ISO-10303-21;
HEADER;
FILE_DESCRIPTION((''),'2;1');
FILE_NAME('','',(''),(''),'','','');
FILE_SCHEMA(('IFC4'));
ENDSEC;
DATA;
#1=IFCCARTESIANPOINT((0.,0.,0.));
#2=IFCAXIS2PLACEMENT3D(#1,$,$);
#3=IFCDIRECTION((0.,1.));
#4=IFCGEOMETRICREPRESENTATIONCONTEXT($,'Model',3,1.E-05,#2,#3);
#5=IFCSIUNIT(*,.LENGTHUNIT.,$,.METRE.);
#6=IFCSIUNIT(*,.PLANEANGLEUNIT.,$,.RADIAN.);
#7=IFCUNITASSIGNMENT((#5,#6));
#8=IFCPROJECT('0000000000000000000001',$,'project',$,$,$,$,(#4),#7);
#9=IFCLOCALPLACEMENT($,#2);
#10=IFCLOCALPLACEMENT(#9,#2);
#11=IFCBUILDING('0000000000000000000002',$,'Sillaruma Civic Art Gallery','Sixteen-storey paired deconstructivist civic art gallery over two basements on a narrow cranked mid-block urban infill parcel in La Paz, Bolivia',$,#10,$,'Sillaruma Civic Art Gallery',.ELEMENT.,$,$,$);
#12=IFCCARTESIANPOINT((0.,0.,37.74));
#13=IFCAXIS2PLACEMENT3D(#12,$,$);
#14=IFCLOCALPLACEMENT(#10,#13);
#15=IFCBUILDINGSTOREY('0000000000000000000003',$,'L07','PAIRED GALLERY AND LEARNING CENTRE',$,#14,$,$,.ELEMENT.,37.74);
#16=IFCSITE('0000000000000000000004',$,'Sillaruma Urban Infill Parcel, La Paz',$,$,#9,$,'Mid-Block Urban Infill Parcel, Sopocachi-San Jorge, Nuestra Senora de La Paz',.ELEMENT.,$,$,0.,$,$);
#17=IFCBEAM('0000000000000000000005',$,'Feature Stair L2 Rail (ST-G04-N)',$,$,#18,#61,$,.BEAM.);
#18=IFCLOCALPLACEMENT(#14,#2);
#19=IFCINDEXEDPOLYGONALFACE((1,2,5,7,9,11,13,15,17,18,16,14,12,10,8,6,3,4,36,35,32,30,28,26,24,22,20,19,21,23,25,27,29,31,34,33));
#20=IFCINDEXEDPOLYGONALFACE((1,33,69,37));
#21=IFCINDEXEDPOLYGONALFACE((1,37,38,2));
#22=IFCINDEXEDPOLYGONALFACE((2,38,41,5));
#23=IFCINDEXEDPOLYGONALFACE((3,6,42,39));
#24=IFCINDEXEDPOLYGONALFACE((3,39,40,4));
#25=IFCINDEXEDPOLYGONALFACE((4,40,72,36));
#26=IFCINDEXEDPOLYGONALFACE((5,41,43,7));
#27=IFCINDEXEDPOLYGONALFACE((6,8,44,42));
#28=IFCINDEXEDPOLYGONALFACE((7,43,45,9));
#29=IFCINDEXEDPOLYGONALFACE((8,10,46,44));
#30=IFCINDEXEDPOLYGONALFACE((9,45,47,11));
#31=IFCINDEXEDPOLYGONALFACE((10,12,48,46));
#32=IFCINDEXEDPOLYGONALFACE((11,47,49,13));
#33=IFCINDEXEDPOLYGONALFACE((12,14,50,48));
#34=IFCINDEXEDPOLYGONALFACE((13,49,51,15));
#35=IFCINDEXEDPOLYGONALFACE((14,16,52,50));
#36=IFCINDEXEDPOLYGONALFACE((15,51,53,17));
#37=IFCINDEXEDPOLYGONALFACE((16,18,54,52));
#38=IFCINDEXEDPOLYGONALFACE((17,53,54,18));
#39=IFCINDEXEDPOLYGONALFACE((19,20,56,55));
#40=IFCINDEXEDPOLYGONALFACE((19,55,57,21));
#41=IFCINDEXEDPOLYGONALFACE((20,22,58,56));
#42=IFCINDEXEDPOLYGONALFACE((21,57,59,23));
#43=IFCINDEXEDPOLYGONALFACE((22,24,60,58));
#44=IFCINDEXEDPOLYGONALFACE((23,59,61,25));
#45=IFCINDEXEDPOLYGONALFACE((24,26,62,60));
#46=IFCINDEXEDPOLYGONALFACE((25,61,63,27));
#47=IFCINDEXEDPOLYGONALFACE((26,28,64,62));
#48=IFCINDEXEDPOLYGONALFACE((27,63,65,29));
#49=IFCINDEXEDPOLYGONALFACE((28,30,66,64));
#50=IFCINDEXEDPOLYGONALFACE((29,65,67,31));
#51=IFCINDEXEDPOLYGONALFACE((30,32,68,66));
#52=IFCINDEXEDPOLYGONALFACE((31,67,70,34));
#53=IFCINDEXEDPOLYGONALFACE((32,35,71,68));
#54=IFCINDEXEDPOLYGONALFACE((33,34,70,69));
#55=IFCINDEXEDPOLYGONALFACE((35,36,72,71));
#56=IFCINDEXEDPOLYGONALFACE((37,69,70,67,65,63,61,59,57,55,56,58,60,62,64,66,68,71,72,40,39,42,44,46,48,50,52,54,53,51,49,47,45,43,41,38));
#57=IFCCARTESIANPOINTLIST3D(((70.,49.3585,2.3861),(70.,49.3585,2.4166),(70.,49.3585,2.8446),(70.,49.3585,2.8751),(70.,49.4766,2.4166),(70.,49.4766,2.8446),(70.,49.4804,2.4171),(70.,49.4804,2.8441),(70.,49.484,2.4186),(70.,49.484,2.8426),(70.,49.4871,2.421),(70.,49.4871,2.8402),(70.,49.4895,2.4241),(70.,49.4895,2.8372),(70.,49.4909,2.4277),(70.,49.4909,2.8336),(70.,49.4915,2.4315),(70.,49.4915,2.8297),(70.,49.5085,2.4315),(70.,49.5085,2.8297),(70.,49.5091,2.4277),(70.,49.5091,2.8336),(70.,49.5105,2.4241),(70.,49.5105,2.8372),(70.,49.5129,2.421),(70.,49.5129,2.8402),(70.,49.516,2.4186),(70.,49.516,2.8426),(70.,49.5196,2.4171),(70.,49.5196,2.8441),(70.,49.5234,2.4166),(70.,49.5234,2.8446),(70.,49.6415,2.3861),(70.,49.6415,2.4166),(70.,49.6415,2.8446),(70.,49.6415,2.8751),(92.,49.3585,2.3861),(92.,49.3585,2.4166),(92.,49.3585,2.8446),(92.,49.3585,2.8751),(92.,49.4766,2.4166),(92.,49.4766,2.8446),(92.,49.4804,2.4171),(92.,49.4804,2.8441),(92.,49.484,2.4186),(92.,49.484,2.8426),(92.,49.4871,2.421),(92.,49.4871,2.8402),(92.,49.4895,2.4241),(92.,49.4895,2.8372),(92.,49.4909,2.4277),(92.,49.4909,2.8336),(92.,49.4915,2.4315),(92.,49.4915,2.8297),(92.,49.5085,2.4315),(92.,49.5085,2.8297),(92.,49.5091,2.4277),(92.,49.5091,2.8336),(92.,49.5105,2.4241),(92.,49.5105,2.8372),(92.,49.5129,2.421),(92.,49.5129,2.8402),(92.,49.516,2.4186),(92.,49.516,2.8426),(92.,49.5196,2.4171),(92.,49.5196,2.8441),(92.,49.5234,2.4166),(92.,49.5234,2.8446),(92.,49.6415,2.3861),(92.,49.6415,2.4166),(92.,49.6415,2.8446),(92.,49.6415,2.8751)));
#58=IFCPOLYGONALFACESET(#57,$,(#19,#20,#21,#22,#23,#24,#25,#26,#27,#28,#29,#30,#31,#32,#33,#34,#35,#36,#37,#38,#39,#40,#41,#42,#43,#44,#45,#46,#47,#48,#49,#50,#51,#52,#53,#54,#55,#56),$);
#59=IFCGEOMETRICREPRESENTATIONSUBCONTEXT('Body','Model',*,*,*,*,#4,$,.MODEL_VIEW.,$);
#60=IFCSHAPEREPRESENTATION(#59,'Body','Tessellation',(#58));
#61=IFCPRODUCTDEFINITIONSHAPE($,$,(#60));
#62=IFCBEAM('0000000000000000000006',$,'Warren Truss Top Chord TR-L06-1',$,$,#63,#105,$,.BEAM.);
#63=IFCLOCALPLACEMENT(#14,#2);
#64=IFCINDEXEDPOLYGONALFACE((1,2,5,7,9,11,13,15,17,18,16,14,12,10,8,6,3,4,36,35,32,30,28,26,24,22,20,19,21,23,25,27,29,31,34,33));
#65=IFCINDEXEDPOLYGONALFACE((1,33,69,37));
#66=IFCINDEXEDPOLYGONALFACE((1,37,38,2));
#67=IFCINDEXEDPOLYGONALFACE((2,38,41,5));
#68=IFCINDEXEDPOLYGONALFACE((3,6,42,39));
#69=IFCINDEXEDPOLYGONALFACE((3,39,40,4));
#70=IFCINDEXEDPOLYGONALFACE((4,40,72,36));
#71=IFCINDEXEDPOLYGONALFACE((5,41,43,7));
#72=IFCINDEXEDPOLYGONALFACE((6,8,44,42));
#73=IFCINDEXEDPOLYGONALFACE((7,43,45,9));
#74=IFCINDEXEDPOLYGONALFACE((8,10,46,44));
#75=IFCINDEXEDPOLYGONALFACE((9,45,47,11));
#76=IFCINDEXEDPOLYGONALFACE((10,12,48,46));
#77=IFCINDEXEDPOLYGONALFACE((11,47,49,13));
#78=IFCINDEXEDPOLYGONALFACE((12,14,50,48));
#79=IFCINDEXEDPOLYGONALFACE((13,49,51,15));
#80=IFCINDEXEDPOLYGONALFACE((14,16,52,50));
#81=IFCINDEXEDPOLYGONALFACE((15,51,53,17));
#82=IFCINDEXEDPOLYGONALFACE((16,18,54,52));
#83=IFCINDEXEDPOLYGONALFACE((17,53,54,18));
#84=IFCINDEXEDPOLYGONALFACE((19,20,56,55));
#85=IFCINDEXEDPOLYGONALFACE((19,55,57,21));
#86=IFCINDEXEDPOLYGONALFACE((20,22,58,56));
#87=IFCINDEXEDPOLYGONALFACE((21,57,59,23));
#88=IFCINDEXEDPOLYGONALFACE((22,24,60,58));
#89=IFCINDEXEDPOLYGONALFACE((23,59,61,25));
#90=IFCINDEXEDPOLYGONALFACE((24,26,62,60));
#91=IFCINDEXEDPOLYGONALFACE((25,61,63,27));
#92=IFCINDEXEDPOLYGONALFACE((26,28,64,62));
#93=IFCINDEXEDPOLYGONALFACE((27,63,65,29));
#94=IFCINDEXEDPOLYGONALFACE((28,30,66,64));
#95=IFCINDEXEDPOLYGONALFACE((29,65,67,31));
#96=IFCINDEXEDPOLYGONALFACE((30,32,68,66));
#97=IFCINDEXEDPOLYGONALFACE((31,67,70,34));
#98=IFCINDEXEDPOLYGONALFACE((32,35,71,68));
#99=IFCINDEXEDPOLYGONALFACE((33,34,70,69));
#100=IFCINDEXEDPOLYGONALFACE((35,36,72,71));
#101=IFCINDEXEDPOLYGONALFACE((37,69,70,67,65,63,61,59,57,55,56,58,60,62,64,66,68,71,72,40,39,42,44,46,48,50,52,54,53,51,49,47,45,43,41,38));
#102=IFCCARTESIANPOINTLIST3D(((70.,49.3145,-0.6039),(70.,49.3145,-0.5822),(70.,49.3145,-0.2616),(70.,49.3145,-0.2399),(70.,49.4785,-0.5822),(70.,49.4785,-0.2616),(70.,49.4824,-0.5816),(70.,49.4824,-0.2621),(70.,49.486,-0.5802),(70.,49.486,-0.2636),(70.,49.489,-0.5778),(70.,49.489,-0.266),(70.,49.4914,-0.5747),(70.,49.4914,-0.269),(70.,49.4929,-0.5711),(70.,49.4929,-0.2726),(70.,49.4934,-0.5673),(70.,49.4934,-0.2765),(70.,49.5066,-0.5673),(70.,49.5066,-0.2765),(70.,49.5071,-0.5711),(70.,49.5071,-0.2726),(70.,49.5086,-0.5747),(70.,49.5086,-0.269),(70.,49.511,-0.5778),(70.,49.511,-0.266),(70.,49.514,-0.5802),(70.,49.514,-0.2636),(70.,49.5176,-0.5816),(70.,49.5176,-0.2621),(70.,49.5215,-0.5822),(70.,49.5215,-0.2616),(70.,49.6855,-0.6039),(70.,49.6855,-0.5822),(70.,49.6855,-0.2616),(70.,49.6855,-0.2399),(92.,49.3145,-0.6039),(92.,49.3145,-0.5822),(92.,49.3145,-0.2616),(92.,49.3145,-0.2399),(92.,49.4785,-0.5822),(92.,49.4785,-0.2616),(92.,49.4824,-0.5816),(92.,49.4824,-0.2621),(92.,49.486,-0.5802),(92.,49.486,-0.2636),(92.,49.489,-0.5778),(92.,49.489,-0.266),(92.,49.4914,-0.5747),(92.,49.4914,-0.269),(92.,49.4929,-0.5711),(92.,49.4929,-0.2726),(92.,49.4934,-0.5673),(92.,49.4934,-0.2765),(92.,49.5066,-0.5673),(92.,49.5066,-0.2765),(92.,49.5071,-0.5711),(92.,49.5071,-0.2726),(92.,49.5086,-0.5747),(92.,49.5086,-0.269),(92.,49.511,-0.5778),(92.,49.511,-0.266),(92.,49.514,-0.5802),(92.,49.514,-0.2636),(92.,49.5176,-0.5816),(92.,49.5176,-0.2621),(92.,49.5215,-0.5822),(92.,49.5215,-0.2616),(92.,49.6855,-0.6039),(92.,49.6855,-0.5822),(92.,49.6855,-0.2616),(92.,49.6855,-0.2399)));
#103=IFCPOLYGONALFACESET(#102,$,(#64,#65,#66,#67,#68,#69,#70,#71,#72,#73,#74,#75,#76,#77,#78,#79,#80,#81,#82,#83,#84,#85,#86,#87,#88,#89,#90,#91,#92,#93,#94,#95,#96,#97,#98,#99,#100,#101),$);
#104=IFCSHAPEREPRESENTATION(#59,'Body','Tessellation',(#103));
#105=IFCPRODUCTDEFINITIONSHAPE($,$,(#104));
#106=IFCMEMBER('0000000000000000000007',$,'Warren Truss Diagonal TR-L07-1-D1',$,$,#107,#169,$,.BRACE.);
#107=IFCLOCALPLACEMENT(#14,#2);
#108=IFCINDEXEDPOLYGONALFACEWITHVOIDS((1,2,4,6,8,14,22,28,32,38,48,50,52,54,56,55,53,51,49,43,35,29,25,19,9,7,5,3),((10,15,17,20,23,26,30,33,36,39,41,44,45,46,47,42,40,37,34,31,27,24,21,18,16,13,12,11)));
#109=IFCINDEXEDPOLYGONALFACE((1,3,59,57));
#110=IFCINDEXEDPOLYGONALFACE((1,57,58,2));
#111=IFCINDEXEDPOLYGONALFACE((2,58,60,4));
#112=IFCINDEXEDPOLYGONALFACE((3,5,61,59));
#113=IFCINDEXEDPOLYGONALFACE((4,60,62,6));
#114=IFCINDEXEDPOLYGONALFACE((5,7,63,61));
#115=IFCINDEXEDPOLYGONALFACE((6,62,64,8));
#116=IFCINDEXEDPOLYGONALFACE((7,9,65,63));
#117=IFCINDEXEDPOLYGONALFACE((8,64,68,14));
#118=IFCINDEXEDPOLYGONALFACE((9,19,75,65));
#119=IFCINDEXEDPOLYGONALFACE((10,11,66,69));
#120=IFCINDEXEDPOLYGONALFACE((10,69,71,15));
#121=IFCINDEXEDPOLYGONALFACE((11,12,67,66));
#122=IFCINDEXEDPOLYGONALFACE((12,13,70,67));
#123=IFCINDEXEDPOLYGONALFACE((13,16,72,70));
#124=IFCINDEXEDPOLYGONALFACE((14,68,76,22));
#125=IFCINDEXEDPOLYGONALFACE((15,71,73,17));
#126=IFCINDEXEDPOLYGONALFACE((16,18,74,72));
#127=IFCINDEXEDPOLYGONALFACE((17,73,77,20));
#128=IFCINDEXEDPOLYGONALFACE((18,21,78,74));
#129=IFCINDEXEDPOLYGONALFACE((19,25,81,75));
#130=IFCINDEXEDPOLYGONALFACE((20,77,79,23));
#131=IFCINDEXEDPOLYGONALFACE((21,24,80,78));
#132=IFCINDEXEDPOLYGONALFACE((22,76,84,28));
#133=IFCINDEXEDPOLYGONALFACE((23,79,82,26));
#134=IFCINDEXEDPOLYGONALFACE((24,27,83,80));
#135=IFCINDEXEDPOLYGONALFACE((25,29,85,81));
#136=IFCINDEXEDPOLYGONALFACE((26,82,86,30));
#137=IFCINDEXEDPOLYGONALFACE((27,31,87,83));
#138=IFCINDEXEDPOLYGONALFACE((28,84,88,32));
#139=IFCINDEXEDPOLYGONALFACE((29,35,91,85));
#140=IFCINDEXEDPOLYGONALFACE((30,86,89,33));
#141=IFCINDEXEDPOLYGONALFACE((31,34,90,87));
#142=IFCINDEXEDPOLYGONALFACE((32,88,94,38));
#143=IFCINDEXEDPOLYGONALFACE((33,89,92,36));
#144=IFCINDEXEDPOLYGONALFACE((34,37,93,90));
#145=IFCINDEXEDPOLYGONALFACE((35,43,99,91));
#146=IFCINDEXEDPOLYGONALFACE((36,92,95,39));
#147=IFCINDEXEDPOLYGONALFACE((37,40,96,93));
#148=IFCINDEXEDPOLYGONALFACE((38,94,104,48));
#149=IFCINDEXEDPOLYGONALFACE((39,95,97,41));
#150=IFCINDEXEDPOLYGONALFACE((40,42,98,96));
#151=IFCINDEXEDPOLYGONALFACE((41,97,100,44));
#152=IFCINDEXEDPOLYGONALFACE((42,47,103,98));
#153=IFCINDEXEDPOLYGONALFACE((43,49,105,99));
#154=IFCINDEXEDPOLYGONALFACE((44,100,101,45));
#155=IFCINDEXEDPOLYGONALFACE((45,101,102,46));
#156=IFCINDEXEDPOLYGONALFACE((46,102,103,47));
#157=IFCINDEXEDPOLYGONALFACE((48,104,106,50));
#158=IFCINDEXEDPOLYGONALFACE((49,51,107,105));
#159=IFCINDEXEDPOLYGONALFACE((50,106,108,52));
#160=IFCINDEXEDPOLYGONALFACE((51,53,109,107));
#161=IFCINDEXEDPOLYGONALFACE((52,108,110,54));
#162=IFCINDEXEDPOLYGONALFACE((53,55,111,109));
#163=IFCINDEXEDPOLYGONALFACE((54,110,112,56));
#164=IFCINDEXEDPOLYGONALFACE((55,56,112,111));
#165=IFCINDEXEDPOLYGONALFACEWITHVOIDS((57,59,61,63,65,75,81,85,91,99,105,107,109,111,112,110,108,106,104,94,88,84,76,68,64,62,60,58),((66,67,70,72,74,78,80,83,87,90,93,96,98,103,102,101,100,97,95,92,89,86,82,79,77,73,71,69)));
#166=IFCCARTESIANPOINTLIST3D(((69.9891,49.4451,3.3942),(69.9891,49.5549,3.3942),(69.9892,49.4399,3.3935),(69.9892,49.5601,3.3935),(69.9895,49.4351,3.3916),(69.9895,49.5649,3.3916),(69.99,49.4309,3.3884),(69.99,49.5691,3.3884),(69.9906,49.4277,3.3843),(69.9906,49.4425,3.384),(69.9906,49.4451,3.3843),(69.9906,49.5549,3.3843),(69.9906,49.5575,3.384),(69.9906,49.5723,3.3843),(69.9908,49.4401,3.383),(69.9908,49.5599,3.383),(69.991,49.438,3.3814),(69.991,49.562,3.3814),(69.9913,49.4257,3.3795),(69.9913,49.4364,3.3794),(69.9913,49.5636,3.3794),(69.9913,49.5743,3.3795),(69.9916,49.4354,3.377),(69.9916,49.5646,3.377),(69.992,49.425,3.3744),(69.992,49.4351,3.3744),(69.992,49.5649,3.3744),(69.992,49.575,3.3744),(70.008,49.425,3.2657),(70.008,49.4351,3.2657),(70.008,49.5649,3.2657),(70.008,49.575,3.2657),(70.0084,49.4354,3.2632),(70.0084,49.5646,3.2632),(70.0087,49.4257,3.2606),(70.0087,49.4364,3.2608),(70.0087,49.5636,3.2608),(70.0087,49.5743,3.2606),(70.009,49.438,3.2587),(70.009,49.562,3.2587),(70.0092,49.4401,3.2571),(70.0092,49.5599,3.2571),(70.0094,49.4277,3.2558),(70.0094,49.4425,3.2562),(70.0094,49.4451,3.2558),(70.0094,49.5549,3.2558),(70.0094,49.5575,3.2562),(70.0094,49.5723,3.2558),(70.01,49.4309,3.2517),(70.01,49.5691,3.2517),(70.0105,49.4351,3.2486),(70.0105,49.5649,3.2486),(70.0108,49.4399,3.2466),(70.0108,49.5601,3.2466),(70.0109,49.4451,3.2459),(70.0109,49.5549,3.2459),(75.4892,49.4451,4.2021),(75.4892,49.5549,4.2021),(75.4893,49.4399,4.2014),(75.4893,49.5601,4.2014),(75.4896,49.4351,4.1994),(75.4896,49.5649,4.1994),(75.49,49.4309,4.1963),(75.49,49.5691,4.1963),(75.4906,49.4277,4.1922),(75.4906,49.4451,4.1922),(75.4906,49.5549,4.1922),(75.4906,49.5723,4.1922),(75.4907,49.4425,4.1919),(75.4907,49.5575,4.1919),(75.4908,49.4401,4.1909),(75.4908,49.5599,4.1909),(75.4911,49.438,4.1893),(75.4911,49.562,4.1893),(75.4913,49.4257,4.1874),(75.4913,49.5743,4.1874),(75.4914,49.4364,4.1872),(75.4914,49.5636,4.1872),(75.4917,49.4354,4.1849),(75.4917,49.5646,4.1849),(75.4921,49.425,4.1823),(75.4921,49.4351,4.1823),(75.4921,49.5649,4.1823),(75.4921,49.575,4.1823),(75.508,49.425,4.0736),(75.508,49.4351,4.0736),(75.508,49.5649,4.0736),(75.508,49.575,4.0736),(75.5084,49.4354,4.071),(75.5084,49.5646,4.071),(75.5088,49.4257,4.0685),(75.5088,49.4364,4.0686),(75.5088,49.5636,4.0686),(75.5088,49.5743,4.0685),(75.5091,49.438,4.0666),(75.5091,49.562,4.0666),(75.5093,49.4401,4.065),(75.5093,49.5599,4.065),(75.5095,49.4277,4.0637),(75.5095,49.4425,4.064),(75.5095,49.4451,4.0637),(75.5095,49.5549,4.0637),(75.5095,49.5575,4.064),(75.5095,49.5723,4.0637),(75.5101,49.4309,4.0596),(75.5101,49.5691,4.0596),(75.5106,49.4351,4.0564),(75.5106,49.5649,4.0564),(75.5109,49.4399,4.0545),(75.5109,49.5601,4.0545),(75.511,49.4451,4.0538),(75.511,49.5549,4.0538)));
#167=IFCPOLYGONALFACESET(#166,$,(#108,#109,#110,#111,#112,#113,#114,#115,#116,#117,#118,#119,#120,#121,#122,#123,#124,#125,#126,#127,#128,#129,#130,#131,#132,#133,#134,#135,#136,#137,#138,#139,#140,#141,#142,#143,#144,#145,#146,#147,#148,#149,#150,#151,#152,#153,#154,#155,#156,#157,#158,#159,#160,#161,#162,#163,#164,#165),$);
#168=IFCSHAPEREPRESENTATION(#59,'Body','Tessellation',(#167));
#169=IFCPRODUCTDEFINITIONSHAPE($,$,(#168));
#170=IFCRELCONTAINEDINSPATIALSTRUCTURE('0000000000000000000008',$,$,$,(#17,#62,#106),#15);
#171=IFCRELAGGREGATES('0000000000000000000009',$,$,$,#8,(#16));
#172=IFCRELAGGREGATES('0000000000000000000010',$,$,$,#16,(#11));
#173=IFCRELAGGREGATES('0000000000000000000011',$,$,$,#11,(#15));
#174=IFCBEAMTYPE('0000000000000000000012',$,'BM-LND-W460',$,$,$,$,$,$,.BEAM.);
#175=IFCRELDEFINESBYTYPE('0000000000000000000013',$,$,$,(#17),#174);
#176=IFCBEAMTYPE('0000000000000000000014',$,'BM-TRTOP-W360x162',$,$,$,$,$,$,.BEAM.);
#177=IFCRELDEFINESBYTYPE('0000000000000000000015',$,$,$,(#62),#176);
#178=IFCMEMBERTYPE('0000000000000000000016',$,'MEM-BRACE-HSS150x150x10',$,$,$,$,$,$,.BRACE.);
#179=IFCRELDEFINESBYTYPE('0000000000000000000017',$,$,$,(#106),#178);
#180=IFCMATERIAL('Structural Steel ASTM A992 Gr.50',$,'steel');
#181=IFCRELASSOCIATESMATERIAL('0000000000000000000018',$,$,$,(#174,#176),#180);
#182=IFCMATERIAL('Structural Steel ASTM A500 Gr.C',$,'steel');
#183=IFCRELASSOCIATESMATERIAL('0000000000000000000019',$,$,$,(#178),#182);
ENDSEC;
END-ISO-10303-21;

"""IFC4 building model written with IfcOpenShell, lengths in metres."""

from ifc_helpers import new_model, si_unit, direction, frame, origin, origin_2d, place, context, subcontext, project, spatial, hollow_rectangle, i_section, extrude, material, material_profile, profile_set, type_object, element, save


model = new_model("IFC4")

# Units and contexts
model_context = context("Model", 3, precision=1e-05, world=origin(), true_north=direction((0.0, 1.0)))
body_context = subcontext(model_context, "Body", "Model", "MODEL_VIEW")
ifc_project = project(units=[si_unit("LENGTHUNIT", "METRE"), si_unit("PLANEANGLEUNIT", "RADIAN")], contexts=[model_context])

# Site, building, storey
site_placement = place(None, origin())
site = spatial("IfcSite", under=ifc_project, at=site_placement, Name="Sillaruma Urban Infill Parcel, La Paz", LongName="Mid-Block Urban Infill Parcel, Sopocachi-San Jorge, Nuestra Senora de La Paz", CompositionType="ELEMENT", RefElevation=0.0)
building_placement = place(site_placement, origin())
building = spatial("IfcBuilding", under=site, at=building_placement, Name="Sillaruma Civic Art Gallery", Description="Sixteen-storey paired deconstructivist civic art gallery over two basements on a narrow cranked mid-block urban infill parcel in La Paz, Bolivia", LongName="Sillaruma Civic Art Gallery", CompositionType="ELEMENT")
storey_placement = place(building_placement, frame((0.0, 0.0, 37.74)))
storey = spatial("IfcBuildingStorey", under=building, at=storey_placement, Name="L07", Description="PAIRED GALLERY AND LEARNING CENTRE", CompositionType="ELEMENT", Elevation=37.74)

# Beams
ifc_material_1 = material(Name="Structural Steel ASTM A992 Gr.50", Category="steel")
ifc_material_profile_1 = material_profile(ifc_material_1, i_section(OverallWidth=0.283, OverallDepth=0.489, WebThickness=0.0171, FlangeThickness=0.0305, FilletRadius=0.0149, at=origin_2d()), Name="W460x193")
ifc_profile_set_1 = profile_set([ifc_material_profile_1], Name="Structural Steel ASTM A992 Gr.50")
beam_type_1 = type_object("IfcBeamType", Name="BM-LND-W460", PredefinedType="BEAM", material=ifc_profile_set_1)
for number, where, z_axis, x_axis, name in (
    (1, (70.0, 49.5, 2.6306), (1.0, 0.0, 0.0), (0.0, 1.0, 0.0), "Feature Stair L2 Rail (ST-G04-N)"),
):
    element("IfcBeam", number, at=place(storey_placement, frame(where, z_axis=z_axis, x_axis=x_axis)), inside=storey, type_object=beam_type_1, Name=name, PredefinedType="BEAM", context=body_context, shape_type="SweptSolid", body=[
        extrude(i_section(OverallWidth=0.283, OverallDepth=0.489, WebThickness=0.0171, FlangeThickness=0.0305, FilletRadius=0.0149, at=origin_2d()), origin(), (0.0, 0.0, 1.0), 22.0),
    ])
ifc_material_profile_2 = material_profile(ifc_material_1, i_section(OverallWidth=0.3711, OverallDepth=0.364, WebThickness=0.0132, FlangeThickness=0.0217, FilletRadius=0.0149, at=origin_2d()), Name="W360x162")
ifc_profile_set_2 = profile_set([ifc_material_profile_2], Name="Structural Steel ASTM A992 Gr.50")
beam_type_2 = type_object("IfcBeamType", Name="BM-TRTOP-W360x162", PredefinedType="BEAM", material=ifc_profile_set_2)
beam_1_placement = place(storey_placement, frame((70.0, 49.5, -0.4219), z_axis=(1.0, 0.0, 0.0), x_axis=(0.0, 1.0, 0.0)))
element("IfcBeam", 2, at=beam_1_placement, inside=storey, type_object=beam_type_2, Name="Warren Truss Top Chord TR-L06-1", PredefinedType="BEAM", context=body_context, shape_type="SweptSolid", body=[
    extrude(i_section(OverallWidth=0.3711, OverallDepth=0.364, WebThickness=0.0132, FlangeThickness=0.0217, FilletRadius=0.0149, at=origin_2d()), origin(), (0.0, 0.0, 1.0), 22.0),
])

# Member
ifc_material_2 = material(Name="Structural Steel ASTM A500 Gr.C", Category="steel")
ifc_material_profile_3 = material_profile(ifc_material_2, hollow_rectangle(XDim=0.1499, YDim=0.1499, WallThickness=0.01, InnerFilletRadius=0.01, OuterFilletRadius=0.02, at=origin_2d()), Name="HSS150x150x10")
ifc_profile_set_3 = profile_set([ifc_material_profile_3], Name="Structural Steel ASTM A500 Gr.C")
member_type_1 = type_object("IfcMemberType", Name="MEM-BRACE-HSS150x150x10", PredefinedType="BRACE", material=ifc_profile_set_3)
for number, where, z_axis, x_axis, name in (
    (3, (70.0, 49.5, 3.3201), (0.989384, 0.0, 0.145325), (0.0, 1.0, 0.0), "Warren Truss Diagonal TR-L07-1-D1"),
):
    element("IfcMember", number, at=place(storey_placement, frame(where, z_axis=z_axis, x_axis=x_axis)), inside=storey, type_object=member_type_1, Name=name, PredefinedType="BRACE", context=body_context, shape_type="SweptSolid", body=[
        extrude(hollow_rectangle(XDim=0.1499, YDim=0.1499, WallThickness=0.01, InnerFilletRadius=0.01, OuterFilletRadius=0.02, at=origin_2d()), origin(), (0.0, 0.0, 1.0), 5.5591),
    ])

save(model, "model.ifc")
